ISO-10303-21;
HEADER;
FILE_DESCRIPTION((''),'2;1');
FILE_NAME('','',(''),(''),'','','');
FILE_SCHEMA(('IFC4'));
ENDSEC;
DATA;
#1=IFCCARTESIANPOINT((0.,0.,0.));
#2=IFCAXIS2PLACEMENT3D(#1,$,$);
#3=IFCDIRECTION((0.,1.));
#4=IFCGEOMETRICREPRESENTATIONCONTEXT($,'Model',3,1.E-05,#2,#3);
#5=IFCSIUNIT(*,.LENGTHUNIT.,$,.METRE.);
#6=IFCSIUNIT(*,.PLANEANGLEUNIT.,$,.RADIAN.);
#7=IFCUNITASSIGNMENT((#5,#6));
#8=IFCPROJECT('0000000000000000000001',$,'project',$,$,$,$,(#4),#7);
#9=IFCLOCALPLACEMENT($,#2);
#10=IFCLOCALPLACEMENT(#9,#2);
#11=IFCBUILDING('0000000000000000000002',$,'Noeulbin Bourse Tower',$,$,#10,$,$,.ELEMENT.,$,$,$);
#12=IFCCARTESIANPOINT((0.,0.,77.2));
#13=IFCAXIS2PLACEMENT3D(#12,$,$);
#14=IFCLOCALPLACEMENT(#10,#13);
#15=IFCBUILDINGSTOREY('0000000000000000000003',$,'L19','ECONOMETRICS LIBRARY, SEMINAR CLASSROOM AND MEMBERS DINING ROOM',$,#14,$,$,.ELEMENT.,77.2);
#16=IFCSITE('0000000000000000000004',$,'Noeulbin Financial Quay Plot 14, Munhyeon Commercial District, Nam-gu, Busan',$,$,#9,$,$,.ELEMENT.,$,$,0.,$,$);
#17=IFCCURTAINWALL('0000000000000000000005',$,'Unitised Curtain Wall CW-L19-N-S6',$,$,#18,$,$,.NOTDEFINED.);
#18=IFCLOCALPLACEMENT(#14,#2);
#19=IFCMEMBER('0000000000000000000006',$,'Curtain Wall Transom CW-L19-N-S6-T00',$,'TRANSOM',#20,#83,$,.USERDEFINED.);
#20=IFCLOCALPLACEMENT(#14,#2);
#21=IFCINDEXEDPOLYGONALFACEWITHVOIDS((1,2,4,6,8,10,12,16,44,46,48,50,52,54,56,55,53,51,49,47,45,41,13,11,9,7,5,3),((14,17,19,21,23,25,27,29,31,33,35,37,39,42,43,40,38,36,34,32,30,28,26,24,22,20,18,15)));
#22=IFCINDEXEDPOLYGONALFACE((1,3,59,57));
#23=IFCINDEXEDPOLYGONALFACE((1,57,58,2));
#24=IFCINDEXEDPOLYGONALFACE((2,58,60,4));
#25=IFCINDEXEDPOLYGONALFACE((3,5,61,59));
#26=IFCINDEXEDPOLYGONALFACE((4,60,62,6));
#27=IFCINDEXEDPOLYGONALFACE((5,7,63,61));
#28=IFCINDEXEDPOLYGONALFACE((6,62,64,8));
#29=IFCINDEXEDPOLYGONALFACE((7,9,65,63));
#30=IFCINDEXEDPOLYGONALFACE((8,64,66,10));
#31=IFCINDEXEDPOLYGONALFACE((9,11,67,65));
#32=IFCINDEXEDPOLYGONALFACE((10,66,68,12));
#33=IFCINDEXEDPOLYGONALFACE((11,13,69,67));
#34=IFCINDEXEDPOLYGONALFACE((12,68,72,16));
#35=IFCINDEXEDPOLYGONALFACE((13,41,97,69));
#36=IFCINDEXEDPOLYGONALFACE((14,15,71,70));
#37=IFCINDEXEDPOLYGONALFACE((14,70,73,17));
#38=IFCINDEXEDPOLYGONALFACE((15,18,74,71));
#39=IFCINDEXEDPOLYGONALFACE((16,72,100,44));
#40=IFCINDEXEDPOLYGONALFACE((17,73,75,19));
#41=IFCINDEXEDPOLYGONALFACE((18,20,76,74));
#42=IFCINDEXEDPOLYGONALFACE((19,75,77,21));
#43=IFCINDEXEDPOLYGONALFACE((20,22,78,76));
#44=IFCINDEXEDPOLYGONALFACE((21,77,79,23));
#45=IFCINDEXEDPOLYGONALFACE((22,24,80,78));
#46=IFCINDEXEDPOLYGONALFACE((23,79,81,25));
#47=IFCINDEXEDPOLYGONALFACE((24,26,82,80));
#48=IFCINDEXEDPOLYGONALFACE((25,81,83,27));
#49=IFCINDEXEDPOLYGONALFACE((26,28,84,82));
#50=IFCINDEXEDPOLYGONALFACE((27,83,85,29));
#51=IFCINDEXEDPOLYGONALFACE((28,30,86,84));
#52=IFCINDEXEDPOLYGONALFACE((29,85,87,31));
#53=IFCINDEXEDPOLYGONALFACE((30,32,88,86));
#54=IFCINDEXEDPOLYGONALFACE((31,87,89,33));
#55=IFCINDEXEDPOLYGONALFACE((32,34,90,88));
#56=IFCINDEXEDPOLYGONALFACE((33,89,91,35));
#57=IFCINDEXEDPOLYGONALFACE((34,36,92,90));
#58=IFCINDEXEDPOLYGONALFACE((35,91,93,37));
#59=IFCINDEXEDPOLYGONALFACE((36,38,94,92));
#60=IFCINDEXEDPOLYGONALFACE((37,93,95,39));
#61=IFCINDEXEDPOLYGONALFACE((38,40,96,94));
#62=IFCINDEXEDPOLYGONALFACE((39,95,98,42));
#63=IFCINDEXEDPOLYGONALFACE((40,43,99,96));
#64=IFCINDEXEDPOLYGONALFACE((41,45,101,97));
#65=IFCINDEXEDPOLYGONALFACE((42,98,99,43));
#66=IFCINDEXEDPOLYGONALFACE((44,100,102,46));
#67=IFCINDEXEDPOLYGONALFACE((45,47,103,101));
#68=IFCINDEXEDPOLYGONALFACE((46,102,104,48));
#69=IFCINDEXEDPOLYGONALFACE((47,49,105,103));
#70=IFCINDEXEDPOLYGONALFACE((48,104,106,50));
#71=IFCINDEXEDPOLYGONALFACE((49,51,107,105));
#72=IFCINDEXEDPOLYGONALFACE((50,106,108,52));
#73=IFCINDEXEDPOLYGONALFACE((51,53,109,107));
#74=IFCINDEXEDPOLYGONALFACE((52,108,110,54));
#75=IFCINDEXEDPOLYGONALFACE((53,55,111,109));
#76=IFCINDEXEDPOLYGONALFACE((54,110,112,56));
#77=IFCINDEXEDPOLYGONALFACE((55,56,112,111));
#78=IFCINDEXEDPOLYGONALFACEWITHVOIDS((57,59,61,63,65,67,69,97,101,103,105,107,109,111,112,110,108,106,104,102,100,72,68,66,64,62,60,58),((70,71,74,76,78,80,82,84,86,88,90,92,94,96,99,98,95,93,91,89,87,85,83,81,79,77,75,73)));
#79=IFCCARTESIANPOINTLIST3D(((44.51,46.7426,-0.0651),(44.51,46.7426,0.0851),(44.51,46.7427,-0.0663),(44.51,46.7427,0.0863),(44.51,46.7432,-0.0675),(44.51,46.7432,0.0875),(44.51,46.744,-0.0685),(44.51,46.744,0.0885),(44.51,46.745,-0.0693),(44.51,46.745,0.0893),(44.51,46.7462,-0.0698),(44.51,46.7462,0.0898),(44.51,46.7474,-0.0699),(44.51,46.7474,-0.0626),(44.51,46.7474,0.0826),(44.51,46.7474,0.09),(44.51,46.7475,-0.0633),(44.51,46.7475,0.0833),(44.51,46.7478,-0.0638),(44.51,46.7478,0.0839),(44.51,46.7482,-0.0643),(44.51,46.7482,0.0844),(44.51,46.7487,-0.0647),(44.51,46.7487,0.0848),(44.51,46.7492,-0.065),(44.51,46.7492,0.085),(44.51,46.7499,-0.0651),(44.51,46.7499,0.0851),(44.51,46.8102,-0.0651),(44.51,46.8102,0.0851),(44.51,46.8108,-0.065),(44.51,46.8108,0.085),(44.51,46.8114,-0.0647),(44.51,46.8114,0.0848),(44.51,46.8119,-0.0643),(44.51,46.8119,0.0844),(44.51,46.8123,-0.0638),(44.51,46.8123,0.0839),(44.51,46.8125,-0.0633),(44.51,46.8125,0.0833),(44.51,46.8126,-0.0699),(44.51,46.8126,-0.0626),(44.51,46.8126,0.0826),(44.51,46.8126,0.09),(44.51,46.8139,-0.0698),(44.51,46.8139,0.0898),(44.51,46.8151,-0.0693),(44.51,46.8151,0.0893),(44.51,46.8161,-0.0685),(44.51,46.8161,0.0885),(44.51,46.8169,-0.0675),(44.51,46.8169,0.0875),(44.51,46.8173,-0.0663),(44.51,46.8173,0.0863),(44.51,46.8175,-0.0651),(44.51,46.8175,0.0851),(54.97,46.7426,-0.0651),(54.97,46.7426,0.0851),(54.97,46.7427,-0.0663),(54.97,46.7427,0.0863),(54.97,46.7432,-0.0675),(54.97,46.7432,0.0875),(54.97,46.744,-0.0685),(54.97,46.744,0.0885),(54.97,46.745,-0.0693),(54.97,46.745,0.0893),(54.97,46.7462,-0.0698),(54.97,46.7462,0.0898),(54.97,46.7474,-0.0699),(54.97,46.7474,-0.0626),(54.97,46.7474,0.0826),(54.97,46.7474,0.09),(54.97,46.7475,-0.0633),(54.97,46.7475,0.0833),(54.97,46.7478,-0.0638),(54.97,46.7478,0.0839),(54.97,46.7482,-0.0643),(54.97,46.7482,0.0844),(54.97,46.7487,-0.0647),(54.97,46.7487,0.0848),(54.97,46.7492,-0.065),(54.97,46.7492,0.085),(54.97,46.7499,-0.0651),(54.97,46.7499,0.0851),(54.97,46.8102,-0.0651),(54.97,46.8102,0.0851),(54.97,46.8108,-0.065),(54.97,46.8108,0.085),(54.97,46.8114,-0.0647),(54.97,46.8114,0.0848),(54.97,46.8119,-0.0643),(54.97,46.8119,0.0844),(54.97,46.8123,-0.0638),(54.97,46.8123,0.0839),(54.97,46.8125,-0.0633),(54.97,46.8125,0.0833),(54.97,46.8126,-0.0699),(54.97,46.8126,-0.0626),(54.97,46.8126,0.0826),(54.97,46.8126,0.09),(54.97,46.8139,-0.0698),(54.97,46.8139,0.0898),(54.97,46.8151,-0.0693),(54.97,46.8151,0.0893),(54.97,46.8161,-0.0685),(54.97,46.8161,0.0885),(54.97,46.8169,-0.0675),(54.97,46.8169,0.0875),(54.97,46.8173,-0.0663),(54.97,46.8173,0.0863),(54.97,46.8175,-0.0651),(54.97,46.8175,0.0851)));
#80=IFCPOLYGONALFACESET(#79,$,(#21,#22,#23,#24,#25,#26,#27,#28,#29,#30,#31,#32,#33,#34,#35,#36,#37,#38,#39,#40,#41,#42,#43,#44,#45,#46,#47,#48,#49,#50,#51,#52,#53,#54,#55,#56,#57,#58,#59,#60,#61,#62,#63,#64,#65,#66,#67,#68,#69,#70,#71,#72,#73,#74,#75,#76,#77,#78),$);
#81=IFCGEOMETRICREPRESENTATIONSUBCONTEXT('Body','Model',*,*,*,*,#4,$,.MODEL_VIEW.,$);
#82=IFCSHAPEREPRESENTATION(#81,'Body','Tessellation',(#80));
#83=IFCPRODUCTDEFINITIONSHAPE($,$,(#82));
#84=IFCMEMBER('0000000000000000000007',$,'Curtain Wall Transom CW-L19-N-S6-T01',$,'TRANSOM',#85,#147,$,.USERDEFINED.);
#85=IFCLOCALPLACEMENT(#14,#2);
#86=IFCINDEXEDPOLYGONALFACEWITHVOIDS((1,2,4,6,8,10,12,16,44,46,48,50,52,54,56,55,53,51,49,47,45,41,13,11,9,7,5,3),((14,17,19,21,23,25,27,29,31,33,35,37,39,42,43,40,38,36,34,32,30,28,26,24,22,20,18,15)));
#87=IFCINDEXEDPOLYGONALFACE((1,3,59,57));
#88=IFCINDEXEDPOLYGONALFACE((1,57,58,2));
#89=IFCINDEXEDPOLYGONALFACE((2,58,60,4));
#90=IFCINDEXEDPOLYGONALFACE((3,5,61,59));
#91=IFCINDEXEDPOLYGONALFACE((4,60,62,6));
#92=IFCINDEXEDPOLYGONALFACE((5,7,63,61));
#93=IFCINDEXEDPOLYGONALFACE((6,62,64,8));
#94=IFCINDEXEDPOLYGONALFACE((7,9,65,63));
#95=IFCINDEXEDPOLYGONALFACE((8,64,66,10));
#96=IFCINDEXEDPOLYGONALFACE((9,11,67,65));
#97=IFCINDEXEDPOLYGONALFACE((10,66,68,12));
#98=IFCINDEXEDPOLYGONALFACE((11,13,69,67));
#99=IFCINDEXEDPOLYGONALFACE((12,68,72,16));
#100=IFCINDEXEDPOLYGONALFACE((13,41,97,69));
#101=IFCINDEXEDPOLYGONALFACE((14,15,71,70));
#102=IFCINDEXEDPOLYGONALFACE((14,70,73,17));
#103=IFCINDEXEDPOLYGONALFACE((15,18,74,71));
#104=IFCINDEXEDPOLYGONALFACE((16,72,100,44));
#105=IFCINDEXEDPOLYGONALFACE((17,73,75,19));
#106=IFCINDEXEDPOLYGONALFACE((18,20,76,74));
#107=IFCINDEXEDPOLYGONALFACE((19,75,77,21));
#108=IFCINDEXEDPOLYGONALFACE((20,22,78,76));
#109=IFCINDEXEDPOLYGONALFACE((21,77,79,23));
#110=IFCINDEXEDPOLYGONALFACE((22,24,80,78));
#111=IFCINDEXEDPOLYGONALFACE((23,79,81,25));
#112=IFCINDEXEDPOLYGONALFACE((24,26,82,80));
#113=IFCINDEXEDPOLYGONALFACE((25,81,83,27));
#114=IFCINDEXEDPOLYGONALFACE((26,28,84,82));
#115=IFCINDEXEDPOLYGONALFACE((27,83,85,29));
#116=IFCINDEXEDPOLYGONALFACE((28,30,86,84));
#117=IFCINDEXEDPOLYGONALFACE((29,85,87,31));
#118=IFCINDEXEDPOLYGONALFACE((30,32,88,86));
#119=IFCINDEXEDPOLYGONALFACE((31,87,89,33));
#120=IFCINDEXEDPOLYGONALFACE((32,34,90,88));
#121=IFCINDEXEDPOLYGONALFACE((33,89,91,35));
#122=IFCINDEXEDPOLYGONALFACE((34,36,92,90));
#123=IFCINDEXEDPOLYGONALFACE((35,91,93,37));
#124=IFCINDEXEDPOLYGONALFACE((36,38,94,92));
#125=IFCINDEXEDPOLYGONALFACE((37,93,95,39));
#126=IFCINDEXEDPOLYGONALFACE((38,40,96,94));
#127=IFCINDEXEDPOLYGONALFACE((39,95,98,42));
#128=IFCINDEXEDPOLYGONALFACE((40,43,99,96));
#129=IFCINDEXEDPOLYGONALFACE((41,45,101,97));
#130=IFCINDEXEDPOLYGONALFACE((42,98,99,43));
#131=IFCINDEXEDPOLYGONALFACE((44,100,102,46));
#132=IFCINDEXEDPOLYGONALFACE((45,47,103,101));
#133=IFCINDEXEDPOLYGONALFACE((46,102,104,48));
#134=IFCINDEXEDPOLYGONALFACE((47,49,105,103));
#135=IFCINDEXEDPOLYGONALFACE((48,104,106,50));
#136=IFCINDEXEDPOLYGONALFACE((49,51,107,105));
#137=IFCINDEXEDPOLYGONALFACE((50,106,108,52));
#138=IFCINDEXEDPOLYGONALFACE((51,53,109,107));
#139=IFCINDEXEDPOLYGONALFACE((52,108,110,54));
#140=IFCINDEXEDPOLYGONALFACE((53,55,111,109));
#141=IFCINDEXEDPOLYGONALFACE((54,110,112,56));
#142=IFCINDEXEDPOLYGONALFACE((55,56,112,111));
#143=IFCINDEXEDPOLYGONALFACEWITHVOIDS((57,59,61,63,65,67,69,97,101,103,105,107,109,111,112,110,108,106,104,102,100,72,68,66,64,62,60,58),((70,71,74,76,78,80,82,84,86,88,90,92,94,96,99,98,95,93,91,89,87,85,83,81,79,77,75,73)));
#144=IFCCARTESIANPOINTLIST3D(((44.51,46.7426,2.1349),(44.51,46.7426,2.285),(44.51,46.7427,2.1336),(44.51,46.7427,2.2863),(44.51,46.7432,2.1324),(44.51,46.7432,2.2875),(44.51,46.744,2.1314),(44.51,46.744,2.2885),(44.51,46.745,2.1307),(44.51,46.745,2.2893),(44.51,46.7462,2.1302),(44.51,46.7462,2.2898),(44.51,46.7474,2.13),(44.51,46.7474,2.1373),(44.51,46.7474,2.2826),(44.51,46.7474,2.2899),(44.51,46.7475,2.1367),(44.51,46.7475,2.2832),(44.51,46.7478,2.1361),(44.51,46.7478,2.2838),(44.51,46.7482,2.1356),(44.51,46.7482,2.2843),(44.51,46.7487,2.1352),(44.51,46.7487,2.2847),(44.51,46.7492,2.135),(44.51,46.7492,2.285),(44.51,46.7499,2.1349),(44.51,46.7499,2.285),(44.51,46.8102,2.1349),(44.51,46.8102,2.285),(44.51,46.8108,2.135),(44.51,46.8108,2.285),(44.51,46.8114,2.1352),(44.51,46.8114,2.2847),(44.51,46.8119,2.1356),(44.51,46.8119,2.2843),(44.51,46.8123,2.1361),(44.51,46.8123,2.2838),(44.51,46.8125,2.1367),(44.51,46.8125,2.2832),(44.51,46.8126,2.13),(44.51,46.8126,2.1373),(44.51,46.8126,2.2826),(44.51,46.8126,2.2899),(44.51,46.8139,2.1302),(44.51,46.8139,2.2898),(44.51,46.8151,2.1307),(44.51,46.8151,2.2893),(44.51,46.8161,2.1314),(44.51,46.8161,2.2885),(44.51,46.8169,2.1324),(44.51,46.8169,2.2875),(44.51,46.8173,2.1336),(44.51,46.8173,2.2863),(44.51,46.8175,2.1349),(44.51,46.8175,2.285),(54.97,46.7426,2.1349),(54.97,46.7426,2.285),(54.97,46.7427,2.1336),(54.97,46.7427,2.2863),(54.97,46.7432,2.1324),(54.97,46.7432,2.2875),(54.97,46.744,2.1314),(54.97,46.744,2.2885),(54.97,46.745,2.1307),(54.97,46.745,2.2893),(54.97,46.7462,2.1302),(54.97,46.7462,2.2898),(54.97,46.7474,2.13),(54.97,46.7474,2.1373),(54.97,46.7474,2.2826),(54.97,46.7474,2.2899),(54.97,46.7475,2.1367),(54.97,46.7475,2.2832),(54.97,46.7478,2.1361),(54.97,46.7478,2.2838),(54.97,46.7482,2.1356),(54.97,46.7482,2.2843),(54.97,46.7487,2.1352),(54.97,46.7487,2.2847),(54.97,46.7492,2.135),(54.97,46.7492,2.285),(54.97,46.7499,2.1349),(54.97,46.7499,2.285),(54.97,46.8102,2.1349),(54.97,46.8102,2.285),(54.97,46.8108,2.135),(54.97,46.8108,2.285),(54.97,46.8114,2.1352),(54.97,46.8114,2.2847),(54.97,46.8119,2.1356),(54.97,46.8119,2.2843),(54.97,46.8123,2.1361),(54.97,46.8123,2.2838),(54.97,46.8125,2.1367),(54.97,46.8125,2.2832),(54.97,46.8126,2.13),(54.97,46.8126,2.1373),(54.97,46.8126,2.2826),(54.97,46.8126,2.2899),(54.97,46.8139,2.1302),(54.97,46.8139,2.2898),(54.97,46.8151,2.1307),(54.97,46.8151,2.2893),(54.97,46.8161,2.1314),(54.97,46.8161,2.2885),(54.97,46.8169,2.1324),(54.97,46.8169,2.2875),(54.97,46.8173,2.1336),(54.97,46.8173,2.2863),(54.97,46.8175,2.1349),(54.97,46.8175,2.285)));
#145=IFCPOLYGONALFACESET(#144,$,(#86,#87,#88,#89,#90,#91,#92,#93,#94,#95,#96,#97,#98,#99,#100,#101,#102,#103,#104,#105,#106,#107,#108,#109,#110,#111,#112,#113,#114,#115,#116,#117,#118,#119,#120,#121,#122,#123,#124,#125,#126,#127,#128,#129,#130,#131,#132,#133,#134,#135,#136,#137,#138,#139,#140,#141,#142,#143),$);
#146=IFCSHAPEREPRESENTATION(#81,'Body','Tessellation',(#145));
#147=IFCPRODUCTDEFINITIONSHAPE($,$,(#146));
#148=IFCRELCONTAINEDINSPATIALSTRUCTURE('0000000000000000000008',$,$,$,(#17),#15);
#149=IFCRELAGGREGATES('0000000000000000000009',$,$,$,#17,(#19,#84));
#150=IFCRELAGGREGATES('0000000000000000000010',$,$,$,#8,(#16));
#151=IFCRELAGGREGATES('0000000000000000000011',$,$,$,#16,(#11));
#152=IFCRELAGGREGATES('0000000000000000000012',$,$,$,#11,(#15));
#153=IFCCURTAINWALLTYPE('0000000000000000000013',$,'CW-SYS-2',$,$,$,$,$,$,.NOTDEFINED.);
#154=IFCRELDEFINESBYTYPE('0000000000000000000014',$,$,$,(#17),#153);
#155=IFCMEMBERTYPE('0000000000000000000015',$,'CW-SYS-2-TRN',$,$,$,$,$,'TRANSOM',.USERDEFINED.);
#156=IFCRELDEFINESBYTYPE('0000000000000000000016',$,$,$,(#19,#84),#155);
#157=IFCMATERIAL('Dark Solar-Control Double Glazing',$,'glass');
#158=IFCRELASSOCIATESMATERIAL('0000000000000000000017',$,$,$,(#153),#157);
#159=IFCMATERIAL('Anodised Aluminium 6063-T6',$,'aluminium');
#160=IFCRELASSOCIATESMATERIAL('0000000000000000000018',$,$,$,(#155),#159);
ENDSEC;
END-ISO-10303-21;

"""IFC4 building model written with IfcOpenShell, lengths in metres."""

from ifc_helpers import new_model, si_unit, direction, frame, origin, origin_2d, place, context, subcontext, project, spatial, hollow_rectangle, extrude, material, material_profile, profile_set, type_object, element, aggregate, save


model = new_model("IFC4")

# Units and contexts
model_context = context("Model", 3, precision=1e-05, world=origin(), true_north=direction((0.0, 1.0)))
body_context = subcontext(model_context, "Body", "Model", "MODEL_VIEW")
ifc_project = project(units=[si_unit("LENGTHUNIT", "METRE"), si_unit("PLANEANGLEUNIT", "RADIAN")], contexts=[model_context])

# Site, building, storey
site_placement = place(None, origin())
site = spatial("IfcSite", under=ifc_project, at=site_placement, Name="Noeulbin Financial Quay Plot 14, Munhyeon Commercial District, Nam-gu, Busan", CompositionType="ELEMENT", RefElevation=0.0)
building_placement = place(site_placement, origin())
building = spatial("IfcBuilding", under=site, at=building_placement, Name="Noeulbin Bourse Tower", CompositionType="ELEMENT")
storey_placement = place(building_placement, frame((0.0, 0.0, 77.2)))
storey = spatial("IfcBuildingStorey", under=building, at=storey_placement, Name="L19", Description="ECONOMETRICS LIBRARY, SEMINAR CLASSROOM AND MEMBERS DINING ROOM", CompositionType="ELEMENT", Elevation=77.2)

# Shared definitions
ifc_material_1 = material(Name="Dark Solar-Control Double Glazing", Category="glass")
curtain_wall_type = type_object("IfcCurtainWallType", Name="CW-SYS-2", PredefinedType="NOTDEFINED", material=ifc_material_1)
ifc_material_2 = material(Name="Anodised Aluminium 6063-T6", Category="aluminium")

# Curtain wall
curtain_wall_1_placement = place(storey_placement, origin())
curtain_wall_1 = element("IfcCurtainWall", 1, at=curtain_wall_1_placement, inside=storey, type_object=curtain_wall_type, Name="Unitised Curtain Wall CW-L19-N-S6", PredefinedType="NOTDEFINED")

# Members
ifc_material_profile_1 = material_profile(ifc_material_2, hollow_rectangle(XDim=0.075, YDim=0.1599, WallThickness=0.0049, InnerFilletRadius=0.0024, OuterFilletRadius=0.0049, at=origin_2d()), Name="ALU-TRAN-75x160x5", Category="LoadBearing")
ifc_profile_set_1 = profile_set([ifc_material_profile_1], Name="Anodised Aluminium 6063-T6")
member_type_1 = type_object("IfcMemberType", Name="CW-SYS-2-TRN", ElementType="TRANSOM", PredefinedType="USERDEFINED", material=ifc_profile_set_1)
member_1_placement = place(storey_placement, frame((44.51, 46.78, 0.01), z_axis=(1.0, 0.0, 0.0), x_axis=(0.0, 1.0, 0.0)))
member_1 = element("IfcMember", 2, at=member_1_placement, type_object=member_type_1, Name="Curtain Wall Transom CW-L19-N-S6-T00", ObjectType="TRANSOM", PredefinedType="USERDEFINED", context=body_context, shape_type="SweptSolid", body=[
    extrude(hollow_rectangle(XDim=0.075, YDim=0.1599, WallThickness=0.0049, InnerFilletRadius=0.0024, OuterFilletRadius=0.0049, at=origin_2d()), origin(), (0.0, 0.0, 1.0), 10.46),
])
member_2_placement = place(storey_placement, frame((44.51, 46.78, 2.21), z_axis=(1.0, 0.0, 0.0), x_axis=(0.0, 1.0, 0.0)))
member_2 = element("IfcMember", 3, at=member_2_placement, type_object=member_type_1, Name="Curtain Wall Transom CW-L19-N-S6-T01", ObjectType="TRANSOM", PredefinedType="USERDEFINED", context=body_context, shape_type="SweptSolid", body=[
    extrude(hollow_rectangle(XDim=0.075, YDim=0.1599, WallThickness=0.0049, InnerFilletRadius=0.0024, OuterFilletRadius=0.0049, at=origin_2d()), origin(), (0.0, 0.0, 1.0), 10.46),
])

aggregate(curtain_wall_1, [member_1, member_2])

save(model, "model.ifc")
